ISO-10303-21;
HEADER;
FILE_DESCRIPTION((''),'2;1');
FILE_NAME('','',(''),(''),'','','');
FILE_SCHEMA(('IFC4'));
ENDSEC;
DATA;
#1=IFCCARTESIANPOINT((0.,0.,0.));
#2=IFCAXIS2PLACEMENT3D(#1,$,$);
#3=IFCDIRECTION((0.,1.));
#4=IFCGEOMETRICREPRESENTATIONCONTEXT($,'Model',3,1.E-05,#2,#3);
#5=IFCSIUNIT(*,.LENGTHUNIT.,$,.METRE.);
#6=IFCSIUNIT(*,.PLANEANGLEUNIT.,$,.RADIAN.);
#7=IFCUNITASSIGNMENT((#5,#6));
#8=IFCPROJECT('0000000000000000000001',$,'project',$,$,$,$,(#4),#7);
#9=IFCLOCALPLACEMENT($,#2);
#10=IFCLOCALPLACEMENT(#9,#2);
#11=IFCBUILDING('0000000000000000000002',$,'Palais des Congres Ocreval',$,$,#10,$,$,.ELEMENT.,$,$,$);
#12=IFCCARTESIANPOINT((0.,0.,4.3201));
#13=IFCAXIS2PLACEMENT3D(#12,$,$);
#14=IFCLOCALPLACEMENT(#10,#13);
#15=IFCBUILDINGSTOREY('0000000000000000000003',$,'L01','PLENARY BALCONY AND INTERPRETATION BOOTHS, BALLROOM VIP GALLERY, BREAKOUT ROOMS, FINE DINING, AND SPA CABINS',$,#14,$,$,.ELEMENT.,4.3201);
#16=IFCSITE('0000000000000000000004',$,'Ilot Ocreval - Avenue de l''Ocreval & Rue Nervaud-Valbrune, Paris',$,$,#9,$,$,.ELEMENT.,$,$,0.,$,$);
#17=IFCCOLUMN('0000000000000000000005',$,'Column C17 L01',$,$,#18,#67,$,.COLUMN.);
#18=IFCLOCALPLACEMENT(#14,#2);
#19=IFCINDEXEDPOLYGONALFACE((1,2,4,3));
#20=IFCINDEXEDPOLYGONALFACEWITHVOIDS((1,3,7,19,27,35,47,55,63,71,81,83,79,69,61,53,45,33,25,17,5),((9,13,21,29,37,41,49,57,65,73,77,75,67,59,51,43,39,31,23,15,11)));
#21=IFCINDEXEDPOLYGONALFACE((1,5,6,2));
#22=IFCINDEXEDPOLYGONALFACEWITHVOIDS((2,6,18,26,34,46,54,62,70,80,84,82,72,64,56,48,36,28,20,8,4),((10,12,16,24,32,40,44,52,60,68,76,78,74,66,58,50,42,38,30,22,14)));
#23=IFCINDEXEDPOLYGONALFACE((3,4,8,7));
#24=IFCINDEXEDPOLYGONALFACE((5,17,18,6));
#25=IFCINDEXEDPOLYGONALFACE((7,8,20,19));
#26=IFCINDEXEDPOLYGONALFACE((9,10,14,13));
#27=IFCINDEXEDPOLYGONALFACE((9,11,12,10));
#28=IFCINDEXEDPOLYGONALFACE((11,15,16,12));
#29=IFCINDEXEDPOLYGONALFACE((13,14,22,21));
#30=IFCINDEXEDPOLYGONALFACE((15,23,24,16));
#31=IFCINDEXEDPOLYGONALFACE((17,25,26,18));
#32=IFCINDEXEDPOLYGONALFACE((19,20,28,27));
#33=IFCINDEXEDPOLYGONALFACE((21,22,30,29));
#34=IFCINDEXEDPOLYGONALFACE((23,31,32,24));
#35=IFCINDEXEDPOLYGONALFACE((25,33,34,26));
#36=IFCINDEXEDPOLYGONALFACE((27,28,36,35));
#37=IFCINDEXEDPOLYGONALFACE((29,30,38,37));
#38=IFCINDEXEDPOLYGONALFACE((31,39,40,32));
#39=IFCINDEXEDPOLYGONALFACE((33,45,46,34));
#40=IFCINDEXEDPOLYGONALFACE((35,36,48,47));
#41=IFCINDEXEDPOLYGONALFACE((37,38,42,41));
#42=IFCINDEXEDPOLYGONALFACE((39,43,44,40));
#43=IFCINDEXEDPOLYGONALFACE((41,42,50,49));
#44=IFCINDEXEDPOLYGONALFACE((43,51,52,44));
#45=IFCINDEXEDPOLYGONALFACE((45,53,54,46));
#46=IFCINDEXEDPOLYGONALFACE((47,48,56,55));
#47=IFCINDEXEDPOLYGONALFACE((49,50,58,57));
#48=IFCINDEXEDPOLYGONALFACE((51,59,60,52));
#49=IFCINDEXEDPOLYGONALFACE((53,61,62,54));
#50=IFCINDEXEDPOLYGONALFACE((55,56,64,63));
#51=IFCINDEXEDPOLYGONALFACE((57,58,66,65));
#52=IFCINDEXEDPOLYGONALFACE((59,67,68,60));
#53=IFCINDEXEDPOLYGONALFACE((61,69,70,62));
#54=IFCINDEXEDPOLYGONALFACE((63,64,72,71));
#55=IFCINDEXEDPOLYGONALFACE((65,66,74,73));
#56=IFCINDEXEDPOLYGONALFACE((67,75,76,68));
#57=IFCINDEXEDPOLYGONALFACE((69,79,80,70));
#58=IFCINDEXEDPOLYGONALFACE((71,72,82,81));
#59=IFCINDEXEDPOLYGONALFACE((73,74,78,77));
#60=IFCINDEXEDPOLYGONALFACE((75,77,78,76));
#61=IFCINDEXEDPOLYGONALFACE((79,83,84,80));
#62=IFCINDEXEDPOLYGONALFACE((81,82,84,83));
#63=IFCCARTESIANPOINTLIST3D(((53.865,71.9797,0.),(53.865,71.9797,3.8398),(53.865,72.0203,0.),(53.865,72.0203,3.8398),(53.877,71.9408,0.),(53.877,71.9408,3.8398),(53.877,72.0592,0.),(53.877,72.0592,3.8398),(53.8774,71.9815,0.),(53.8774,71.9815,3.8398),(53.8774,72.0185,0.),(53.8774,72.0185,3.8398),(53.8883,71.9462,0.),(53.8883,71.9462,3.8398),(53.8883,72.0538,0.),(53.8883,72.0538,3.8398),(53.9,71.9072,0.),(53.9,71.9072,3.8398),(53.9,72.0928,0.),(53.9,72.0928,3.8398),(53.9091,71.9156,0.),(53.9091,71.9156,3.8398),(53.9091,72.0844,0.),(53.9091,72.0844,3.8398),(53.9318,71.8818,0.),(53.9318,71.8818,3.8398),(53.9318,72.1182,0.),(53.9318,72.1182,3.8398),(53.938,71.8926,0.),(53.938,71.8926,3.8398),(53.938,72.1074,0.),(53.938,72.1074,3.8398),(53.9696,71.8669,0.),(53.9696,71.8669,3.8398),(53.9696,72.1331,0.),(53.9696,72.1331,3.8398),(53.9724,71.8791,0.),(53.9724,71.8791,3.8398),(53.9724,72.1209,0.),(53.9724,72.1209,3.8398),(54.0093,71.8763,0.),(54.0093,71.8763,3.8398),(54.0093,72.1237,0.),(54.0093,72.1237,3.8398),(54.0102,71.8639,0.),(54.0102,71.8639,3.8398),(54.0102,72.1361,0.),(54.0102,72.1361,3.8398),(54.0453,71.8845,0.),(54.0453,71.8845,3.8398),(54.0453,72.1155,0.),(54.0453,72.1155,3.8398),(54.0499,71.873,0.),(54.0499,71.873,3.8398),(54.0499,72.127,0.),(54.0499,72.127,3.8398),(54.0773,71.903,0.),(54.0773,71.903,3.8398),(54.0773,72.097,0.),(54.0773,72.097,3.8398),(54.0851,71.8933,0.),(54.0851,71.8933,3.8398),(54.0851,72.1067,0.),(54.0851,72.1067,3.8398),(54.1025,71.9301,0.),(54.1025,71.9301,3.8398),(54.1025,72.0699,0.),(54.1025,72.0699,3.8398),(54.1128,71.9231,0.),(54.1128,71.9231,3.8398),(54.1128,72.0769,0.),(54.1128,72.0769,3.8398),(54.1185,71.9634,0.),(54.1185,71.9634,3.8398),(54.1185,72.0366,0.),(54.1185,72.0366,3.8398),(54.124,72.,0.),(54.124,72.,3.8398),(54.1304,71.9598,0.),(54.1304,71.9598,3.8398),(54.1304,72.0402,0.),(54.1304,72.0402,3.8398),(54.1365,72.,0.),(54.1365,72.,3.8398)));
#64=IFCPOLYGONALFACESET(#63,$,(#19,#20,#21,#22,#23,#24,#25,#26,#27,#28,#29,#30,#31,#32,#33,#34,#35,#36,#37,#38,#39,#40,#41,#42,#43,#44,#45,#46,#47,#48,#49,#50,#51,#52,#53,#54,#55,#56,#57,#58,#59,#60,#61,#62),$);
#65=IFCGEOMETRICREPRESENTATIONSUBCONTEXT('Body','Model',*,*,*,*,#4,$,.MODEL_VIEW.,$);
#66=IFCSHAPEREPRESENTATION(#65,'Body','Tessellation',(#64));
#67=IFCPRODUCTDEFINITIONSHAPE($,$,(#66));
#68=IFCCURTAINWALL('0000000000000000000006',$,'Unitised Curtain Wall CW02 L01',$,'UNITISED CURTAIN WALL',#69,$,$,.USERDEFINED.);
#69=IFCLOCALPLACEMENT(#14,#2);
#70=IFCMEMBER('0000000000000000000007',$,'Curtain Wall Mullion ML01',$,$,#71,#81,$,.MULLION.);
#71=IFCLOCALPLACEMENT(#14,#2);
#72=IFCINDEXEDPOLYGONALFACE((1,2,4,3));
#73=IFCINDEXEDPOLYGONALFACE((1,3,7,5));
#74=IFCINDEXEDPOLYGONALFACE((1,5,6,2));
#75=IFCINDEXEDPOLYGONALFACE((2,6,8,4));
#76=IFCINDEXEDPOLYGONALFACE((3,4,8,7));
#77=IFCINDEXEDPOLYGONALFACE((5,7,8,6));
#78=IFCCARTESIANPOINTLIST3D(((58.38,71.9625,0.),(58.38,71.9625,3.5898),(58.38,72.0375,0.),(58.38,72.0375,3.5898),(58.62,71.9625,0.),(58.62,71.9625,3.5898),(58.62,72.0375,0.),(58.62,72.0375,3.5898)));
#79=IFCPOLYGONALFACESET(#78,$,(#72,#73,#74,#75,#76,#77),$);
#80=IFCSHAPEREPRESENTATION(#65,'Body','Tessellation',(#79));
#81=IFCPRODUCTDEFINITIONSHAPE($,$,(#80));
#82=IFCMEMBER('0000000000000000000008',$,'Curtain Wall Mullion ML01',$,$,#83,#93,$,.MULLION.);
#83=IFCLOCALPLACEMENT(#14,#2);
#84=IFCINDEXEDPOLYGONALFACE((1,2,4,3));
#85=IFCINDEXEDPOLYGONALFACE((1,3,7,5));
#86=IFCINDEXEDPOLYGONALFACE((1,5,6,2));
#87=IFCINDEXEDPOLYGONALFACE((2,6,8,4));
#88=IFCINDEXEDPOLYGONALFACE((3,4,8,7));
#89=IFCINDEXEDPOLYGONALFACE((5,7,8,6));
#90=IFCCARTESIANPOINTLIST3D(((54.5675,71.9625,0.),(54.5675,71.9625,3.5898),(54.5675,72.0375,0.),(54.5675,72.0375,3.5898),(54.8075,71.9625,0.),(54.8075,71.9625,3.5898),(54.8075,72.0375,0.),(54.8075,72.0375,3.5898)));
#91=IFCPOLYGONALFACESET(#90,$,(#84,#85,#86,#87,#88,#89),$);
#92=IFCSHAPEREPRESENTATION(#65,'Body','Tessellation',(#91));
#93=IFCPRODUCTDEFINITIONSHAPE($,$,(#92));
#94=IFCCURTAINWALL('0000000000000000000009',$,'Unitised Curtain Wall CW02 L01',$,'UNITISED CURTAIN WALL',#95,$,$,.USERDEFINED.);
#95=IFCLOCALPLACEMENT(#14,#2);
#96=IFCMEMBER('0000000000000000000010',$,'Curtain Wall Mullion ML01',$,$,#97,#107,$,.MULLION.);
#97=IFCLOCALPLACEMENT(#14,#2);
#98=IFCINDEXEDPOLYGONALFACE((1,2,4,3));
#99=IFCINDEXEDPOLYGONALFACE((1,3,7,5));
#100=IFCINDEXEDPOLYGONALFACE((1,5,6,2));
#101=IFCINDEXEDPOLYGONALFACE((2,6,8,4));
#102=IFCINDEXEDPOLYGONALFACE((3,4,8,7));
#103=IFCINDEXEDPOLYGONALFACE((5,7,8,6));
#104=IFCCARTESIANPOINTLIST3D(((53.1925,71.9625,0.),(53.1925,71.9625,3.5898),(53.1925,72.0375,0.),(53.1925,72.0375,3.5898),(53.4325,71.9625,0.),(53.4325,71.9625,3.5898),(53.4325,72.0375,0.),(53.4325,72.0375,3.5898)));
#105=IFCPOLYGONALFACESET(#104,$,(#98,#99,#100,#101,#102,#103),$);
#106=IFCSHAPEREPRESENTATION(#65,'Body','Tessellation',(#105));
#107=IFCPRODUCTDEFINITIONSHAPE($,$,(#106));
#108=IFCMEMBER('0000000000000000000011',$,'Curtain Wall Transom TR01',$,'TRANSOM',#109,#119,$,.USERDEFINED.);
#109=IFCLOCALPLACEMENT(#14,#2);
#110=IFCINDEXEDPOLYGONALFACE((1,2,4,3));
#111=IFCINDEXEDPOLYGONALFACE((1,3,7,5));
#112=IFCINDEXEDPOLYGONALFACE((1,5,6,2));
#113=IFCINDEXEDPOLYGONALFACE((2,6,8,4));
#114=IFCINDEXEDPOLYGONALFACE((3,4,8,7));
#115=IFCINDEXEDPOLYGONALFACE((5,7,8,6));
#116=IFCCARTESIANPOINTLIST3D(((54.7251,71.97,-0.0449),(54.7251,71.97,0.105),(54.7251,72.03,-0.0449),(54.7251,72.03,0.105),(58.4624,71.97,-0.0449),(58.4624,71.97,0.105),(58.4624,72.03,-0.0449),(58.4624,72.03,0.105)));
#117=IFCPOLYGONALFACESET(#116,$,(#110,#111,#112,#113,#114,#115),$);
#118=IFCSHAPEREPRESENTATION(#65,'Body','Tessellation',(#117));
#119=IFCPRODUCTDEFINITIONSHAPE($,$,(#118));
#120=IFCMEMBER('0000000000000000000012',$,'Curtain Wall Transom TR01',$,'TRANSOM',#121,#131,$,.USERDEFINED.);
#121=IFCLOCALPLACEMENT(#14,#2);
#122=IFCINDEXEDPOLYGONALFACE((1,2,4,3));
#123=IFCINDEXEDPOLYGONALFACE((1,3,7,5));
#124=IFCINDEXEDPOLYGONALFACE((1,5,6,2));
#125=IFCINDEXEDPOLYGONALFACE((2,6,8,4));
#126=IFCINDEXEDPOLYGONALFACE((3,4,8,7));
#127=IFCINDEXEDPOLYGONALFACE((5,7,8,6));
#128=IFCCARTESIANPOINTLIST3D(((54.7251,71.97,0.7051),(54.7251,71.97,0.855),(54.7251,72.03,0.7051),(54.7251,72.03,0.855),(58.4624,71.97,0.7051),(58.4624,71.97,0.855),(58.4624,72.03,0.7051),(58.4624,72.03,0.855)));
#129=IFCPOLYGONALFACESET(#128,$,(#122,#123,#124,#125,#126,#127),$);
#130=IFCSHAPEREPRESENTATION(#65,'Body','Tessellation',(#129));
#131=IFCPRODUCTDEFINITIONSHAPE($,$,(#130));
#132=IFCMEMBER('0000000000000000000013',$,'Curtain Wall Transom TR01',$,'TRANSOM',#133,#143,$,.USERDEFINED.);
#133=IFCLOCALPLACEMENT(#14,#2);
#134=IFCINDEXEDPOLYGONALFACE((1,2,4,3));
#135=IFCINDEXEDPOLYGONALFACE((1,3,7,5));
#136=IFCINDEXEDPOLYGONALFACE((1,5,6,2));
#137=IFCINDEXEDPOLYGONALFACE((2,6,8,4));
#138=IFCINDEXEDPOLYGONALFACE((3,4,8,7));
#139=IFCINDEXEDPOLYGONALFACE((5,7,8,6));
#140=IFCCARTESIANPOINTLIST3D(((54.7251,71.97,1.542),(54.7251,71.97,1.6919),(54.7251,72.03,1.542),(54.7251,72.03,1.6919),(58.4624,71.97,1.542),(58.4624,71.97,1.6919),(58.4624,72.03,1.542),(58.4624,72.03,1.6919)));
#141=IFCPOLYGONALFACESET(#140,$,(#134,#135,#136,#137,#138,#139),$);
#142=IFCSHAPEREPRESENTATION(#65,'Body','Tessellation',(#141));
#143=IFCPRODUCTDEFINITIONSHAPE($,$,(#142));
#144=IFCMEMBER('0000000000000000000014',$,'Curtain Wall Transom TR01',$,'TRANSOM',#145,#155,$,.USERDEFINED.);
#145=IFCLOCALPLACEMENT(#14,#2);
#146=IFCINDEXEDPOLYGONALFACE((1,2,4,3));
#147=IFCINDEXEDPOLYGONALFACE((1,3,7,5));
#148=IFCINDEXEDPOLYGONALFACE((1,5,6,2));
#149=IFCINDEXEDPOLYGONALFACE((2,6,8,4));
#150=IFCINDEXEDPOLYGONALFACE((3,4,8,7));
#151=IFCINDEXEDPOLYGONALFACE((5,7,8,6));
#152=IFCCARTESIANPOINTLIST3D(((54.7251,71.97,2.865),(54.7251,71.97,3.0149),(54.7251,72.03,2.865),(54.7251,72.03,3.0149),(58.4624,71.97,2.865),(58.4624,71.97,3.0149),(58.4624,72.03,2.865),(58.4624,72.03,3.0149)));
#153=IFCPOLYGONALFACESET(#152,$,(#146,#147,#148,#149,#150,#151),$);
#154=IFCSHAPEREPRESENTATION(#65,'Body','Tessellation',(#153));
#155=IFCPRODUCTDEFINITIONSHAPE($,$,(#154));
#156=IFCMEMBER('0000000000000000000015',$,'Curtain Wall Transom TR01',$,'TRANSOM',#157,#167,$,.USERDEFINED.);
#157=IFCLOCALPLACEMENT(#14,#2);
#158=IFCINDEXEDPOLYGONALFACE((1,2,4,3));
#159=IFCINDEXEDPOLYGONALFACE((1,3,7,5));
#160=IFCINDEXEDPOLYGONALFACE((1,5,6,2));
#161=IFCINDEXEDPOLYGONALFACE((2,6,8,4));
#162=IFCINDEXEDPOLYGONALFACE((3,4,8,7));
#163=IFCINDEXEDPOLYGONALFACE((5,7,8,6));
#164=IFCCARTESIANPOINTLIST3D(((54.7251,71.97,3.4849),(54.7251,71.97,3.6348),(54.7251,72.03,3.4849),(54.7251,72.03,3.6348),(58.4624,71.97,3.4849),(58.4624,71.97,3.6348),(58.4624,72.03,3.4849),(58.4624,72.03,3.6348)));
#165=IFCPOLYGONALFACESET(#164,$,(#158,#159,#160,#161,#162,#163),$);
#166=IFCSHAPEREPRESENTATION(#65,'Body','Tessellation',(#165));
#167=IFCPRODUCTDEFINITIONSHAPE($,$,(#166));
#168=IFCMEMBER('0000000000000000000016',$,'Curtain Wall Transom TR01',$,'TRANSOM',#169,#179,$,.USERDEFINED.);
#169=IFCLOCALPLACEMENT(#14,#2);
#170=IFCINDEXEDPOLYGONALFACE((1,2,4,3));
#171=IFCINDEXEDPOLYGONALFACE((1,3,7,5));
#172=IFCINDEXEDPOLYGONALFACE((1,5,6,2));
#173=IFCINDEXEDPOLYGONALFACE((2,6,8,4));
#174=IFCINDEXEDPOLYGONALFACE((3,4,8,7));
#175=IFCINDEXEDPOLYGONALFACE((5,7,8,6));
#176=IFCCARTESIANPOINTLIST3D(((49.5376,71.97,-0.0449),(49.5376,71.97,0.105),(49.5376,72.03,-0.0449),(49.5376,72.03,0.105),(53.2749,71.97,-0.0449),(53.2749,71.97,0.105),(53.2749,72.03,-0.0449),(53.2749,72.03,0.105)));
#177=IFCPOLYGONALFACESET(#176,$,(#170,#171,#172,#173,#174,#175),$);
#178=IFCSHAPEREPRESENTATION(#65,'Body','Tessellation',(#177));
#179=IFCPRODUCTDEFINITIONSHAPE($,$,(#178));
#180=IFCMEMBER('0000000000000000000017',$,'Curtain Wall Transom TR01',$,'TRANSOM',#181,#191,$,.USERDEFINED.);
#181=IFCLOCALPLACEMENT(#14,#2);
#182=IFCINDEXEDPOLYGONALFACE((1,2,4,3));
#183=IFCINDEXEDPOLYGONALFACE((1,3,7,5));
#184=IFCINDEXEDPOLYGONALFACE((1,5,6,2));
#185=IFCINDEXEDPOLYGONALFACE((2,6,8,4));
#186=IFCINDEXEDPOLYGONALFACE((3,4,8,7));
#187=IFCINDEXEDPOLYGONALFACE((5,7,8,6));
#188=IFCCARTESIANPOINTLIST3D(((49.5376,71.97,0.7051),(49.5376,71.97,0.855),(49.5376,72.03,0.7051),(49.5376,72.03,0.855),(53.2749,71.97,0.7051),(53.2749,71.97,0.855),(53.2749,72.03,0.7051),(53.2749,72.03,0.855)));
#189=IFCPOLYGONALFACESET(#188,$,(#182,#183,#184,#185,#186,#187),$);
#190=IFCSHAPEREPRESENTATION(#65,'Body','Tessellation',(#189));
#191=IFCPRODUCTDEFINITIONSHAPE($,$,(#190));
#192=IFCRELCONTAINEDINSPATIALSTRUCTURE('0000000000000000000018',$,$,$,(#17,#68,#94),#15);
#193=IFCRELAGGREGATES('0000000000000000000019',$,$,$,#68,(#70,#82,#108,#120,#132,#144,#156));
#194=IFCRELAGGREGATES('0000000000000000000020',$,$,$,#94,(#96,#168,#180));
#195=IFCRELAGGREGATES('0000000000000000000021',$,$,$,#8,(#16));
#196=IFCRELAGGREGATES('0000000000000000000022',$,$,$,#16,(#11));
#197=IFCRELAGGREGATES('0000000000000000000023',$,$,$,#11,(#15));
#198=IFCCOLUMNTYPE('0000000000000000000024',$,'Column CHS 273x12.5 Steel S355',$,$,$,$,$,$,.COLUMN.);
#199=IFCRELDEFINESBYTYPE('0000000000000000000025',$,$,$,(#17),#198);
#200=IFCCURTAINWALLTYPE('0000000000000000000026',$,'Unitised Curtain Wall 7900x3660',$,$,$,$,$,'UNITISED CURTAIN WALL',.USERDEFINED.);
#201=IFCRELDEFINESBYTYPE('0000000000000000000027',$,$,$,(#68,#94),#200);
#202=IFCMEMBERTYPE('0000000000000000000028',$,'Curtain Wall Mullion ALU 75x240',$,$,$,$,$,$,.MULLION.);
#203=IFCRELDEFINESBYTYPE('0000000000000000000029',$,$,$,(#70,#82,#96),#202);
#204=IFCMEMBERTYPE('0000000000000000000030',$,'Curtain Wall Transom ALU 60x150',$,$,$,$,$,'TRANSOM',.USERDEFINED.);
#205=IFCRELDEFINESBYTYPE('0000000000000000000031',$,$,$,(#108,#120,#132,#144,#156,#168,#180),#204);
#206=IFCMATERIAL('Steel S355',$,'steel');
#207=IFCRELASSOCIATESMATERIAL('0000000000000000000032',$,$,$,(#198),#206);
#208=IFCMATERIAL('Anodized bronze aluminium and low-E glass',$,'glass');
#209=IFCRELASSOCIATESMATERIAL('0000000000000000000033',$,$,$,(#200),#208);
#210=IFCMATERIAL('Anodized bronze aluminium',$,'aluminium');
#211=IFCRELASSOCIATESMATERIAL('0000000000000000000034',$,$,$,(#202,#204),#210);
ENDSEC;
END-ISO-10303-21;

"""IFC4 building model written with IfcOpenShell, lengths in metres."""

from ifc_helpers import new_model, si_unit, direction, frame, origin, origin_2d, place, context, subcontext, project, spatial, rectangle, hollow_circle, extrude, material, material_profile, profile_set, type_object, element, aggregate, save


model = new_model("IFC4")

# Units and contexts
model_context = context("Model", 3, precision=1e-05, world=origin(), true_north=direction((0.0, 1.0)))
body_context = subcontext(model_context, "Body", "Model", "MODEL_VIEW")
ifc_project = project(units=[si_unit("LENGTHUNIT", "METRE"), si_unit("PLANEANGLEUNIT", "RADIAN")], contexts=[model_context])

# Site, building, storey
site_placement = place(None, origin())
site = spatial("IfcSite", under=ifc_project, at=site_placement, Name="Ilot Ocreval - Avenue de l'Ocreval & Rue Nervaud-Valbrune, Paris", CompositionType="ELEMENT", RefElevation=0.0)
building_placement = place(site_placement, origin())
building = spatial("IfcBuilding", under=site, at=building_placement, Name="Palais des Congres Ocreval", CompositionType="ELEMENT")
storey_placement = place(building_placement, frame((0.0, 0.0, 4.3201)))
storey = spatial("IfcBuildingStorey", under=building, at=storey_placement, Name="L01", Description="PLENARY BALCONY AND INTERPRETATION BOOTHS, BALLROOM VIP GALLERY, BREAKOUT ROOMS, FINE DINING, AND SPA CABINS", CompositionType="ELEMENT", Elevation=4.3201)

# Column
ifc_material_1 = material(Name="Steel S355", Category="steel")
ifc_material_profile_1 = material_profile(ifc_material_1, hollow_circle(Radius=0.1365, WallThickness=0.0125, at=origin_2d()), Name="CHS 273x12.5")
ifc_profile_set_1 = profile_set([ifc_material_profile_1], Name="Steel S355")
column_type = type_object("IfcColumnType", Name="Column CHS 273x12.5 Steel S355", PredefinedType="COLUMN", material=ifc_profile_set_1)
column_placement = place(storey_placement, frame((54.0, 72.0, 0.0), z_axis=(0.0, 0.0, 1.0), x_axis=(1.0, 0.0, 0.0)))
element("IfcColumn", 1, at=column_placement, inside=storey, type_object=column_type, Name="Column C17 L01", PredefinedType="COLUMN", context=body_context, shape_type="SweptSolid", body=[
    extrude(hollow_circle(Radius=0.1365, WallThickness=0.0125, at=origin_2d()), origin(), (0.0, 0.0, 1.0), 3.8398),
])

# Curtain wall, members
ifc_material_2 = material(Name="Anodized bronze aluminium and low-E glass", Category="glass")
curtain_wall_type = type_object("IfcCurtainWallType", Name="Unitised Curtain Wall 7900x3660", ElementType="UNITISED CURTAIN WALL", PredefinedType="USERDEFINED", material=ifc_material_2)
curtain_wall_1_placement = place(storey_placement, origin())
curtain_wall_1 = element("IfcCurtainWall", 2, at=curtain_wall_1_placement, inside=storey, type_object=curtain_wall_type, Name="Unitised Curtain Wall CW02 L01", ObjectType="UNITISED CURTAIN WALL", PredefinedType="USERDEFINED")
ifc_material_3 = material(Name="Anodized bronze aluminium", Category="aluminium")
ifc_material_profile_2 = material_profile(ifc_material_3, rectangle(XDim=0.075, YDim=0.24, at=origin_2d()), Name="ALU 75x240")
ifc_profile_set_2 = profile_set([ifc_material_profile_2], Name="Anodized bronze aluminium")
member_type_1 = type_object("IfcMemberType", Name="Curtain Wall Mullion ALU 75x240", PredefinedType="MULLION", material=ifc_profile_set_2)
member_1_placement = place(storey_placement, frame((58.5, 72.0, 0.0), z_axis=(0.0, 0.0, 1.0), x_axis=(0.0, -1.0, 0.0)))
member_1 = element("IfcMember", 3, at=member_1_placement, type_object=member_type_1, Name="Curtain Wall Mullion ML01", PredefinedType="MULLION", context=body_context, shape_type="SweptSolid", body=[
    extrude(rectangle(XDim=0.075, YDim=0.24, at=origin_2d()), origin(), (0.0, 0.0, 1.0), 3.5898),
])
member_2_placement = place(storey_placement, frame((54.6875, 72.0, 0.0), z_axis=(0.0, 0.0, 1.0), x_axis=(0.0, -1.0, 0.0)))
member_2 = element("IfcMember", 4, at=member_2_placement, type_object=member_type_1, Name="Curtain Wall Mullion ML01", PredefinedType="MULLION", context=body_context, shape_type="SweptSolid", body=[
    extrude(rectangle(XDim=0.075, YDim=0.24, at=origin_2d()), origin(), (0.0, 0.0, 1.0), 3.5898),
])

# Curtain wall, member
curtain_wall_2_placement = place(storey_placement, origin())
curtain_wall_2 = element("IfcCurtainWall", 5, at=curtain_wall_2_placement, inside=storey, type_object=curtain_wall_type, Name="Unitised Curtain Wall CW02 L01", ObjectType="UNITISED CURTAIN WALL", PredefinedType="USERDEFINED")
member_3_placement = place(storey_placement, frame((53.3125, 72.0, 0.0), z_axis=(0.0, 0.0, 1.0), x_axis=(0.0, -1.0, 0.0)))
member_3 = element("IfcMember", 6, at=member_3_placement, type_object=member_type_1, Name="Curtain Wall Mullion ML01", PredefinedType="MULLION", context=body_context, shape_type="SweptSolid", body=[
    extrude(rectangle(XDim=0.075, YDim=0.24, at=origin_2d()), origin(), (0.0, 0.0, 1.0), 3.5898),
])

# Members
ifc_material_profile_3 = material_profile(ifc_material_3, rectangle(XDim=0.0601, YDim=0.1499, at=origin_2d()), Name="ALU 60x150")
ifc_profile_set_3 = profile_set([ifc_material_profile_3], Name="Anodized bronze aluminium")
member_type_2 = type_object("IfcMemberType", Name="Curtain Wall Transom ALU 60x150", ElementType="TRANSOM", PredefinedType="USERDEFINED", material=ifc_profile_set_3)
member_4_placement = place(storey_placement, frame((58.4624, 72.0, 0.03), z_axis=(-1.0, 0.0, 0.0), x_axis=(0.0, -1.0, 0.0)))
member_4 = element("IfcMember", 7, at=member_4_placement, type_object=member_type_2, Name="Curtain Wall Transom TR01", ObjectType="TRANSOM", PredefinedType="USERDEFINED", context=body_context, shape_type="SweptSolid", body=[
    extrude(rectangle(XDim=0.0601, YDim=0.1499, at=origin_2d()), origin(), (0.0, 0.0, 1.0), 3.7373),
])
member_5_placement = place(storey_placement, frame((58.4624, 72.0, 0.78), z_axis=(-1.0, 0.0, 0.0), x_axis=(0.0, -1.0, 0.0)))
member_5 = element("IfcMember", 8, at=member_5_placement, type_object=member_type_2, Name="Curtain Wall Transom TR01", ObjectType="TRANSOM", PredefinedType="USERDEFINED", context=body_context, shape_type="SweptSolid", body=[
    extrude(rectangle(XDim=0.0601, YDim=0.1499, at=origin_2d()), origin(), (0.0, 0.0, 1.0), 3.7373),
])
member_6_placement = place(storey_placement, frame((58.4624, 72.0, 1.6169), z_axis=(-1.0, 0.0, 0.0), x_axis=(0.0, -1.0, 0.0)))
member_6 = element("IfcMember", 9, at=member_6_placement, type_object=member_type_2, Name="Curtain Wall Transom TR01", ObjectType="TRANSOM", PredefinedType="USERDEFINED", context=body_context, shape_type="SweptSolid", body=[
    extrude(rectangle(XDim=0.0601, YDim=0.1499, at=origin_2d()), origin(), (0.0, 0.0, 1.0), 3.7373),
])
member_7_placement = place(storey_placement, frame((58.4624, 72.0, 2.9399), z_axis=(-1.0, 0.0, 0.0), x_axis=(0.0, -1.0, 0.0)))
member_7 = element("IfcMember", 10, at=member_7_placement, type_object=member_type_2, Name="Curtain Wall Transom TR01", ObjectType="TRANSOM", PredefinedType="USERDEFINED", context=body_context, shape_type="SweptSolid", body=[
    extrude(rectangle(XDim=0.0601, YDim=0.1499, at=origin_2d()), origin(), (0.0, 0.0, 1.0), 3.7373),
])
member_8_placement = place(storey_placement, frame((58.4624, 72.0, 3.5598), z_axis=(-1.0, 0.0, 0.0), x_axis=(0.0, -1.0, 0.0)))
member_8 = element("IfcMember", 11, at=member_8_placement, type_object=member_type_2, Name="Curtain Wall Transom TR01", ObjectType="TRANSOM", PredefinedType="USERDEFINED", context=body_context, shape_type="SweptSolid", body=[
    extrude(rectangle(XDim=0.0601, YDim=0.1499, at=origin_2d()), origin(), (0.0, 0.0, 1.0), 3.7373),
])
member_9_placement = place(storey_placement, frame((53.2749, 72.0, 0.03), z_axis=(-1.0, 0.0, 0.0), x_axis=(0.0, -1.0, 0.0)))
member_9 = element("IfcMember", 12, at=member_9_placement, type_object=member_type_2, Name="Curtain Wall Transom TR01", ObjectType="TRANSOM", PredefinedType="USERDEFINED", context=body_context, shape_type="SweptSolid", body=[
    extrude(rectangle(XDim=0.0601, YDim=0.1499, at=origin_2d()), origin(), (0.0, 0.0, 1.0), 3.7373),
])
member_10_placement = place(storey_placement, frame((53.2749, 72.0, 0.78), z_axis=(-1.0, 0.0, 0.0), x_axis=(0.0, -1.0, 0.0)))
member_10 = element("IfcMember", 13, at=member_10_placement, type_object=member_type_2, Name="Curtain Wall Transom TR01", ObjectType="TRANSOM", PredefinedType="USERDEFINED", context=body_context, shape_type="SweptSolid", body=[
    extrude(rectangle(XDim=0.0601, YDim=0.1499, at=origin_2d()), origin(), (0.0, 0.0, 1.0), 3.7373),
])

aggregate(curtain_wall_1, [member_1, member_2, member_4, member_5, member_6, member_7, member_8])
aggregate(curtain_wall_2, [member_3, member_9, member_10])

save(model, "model.ifc")
